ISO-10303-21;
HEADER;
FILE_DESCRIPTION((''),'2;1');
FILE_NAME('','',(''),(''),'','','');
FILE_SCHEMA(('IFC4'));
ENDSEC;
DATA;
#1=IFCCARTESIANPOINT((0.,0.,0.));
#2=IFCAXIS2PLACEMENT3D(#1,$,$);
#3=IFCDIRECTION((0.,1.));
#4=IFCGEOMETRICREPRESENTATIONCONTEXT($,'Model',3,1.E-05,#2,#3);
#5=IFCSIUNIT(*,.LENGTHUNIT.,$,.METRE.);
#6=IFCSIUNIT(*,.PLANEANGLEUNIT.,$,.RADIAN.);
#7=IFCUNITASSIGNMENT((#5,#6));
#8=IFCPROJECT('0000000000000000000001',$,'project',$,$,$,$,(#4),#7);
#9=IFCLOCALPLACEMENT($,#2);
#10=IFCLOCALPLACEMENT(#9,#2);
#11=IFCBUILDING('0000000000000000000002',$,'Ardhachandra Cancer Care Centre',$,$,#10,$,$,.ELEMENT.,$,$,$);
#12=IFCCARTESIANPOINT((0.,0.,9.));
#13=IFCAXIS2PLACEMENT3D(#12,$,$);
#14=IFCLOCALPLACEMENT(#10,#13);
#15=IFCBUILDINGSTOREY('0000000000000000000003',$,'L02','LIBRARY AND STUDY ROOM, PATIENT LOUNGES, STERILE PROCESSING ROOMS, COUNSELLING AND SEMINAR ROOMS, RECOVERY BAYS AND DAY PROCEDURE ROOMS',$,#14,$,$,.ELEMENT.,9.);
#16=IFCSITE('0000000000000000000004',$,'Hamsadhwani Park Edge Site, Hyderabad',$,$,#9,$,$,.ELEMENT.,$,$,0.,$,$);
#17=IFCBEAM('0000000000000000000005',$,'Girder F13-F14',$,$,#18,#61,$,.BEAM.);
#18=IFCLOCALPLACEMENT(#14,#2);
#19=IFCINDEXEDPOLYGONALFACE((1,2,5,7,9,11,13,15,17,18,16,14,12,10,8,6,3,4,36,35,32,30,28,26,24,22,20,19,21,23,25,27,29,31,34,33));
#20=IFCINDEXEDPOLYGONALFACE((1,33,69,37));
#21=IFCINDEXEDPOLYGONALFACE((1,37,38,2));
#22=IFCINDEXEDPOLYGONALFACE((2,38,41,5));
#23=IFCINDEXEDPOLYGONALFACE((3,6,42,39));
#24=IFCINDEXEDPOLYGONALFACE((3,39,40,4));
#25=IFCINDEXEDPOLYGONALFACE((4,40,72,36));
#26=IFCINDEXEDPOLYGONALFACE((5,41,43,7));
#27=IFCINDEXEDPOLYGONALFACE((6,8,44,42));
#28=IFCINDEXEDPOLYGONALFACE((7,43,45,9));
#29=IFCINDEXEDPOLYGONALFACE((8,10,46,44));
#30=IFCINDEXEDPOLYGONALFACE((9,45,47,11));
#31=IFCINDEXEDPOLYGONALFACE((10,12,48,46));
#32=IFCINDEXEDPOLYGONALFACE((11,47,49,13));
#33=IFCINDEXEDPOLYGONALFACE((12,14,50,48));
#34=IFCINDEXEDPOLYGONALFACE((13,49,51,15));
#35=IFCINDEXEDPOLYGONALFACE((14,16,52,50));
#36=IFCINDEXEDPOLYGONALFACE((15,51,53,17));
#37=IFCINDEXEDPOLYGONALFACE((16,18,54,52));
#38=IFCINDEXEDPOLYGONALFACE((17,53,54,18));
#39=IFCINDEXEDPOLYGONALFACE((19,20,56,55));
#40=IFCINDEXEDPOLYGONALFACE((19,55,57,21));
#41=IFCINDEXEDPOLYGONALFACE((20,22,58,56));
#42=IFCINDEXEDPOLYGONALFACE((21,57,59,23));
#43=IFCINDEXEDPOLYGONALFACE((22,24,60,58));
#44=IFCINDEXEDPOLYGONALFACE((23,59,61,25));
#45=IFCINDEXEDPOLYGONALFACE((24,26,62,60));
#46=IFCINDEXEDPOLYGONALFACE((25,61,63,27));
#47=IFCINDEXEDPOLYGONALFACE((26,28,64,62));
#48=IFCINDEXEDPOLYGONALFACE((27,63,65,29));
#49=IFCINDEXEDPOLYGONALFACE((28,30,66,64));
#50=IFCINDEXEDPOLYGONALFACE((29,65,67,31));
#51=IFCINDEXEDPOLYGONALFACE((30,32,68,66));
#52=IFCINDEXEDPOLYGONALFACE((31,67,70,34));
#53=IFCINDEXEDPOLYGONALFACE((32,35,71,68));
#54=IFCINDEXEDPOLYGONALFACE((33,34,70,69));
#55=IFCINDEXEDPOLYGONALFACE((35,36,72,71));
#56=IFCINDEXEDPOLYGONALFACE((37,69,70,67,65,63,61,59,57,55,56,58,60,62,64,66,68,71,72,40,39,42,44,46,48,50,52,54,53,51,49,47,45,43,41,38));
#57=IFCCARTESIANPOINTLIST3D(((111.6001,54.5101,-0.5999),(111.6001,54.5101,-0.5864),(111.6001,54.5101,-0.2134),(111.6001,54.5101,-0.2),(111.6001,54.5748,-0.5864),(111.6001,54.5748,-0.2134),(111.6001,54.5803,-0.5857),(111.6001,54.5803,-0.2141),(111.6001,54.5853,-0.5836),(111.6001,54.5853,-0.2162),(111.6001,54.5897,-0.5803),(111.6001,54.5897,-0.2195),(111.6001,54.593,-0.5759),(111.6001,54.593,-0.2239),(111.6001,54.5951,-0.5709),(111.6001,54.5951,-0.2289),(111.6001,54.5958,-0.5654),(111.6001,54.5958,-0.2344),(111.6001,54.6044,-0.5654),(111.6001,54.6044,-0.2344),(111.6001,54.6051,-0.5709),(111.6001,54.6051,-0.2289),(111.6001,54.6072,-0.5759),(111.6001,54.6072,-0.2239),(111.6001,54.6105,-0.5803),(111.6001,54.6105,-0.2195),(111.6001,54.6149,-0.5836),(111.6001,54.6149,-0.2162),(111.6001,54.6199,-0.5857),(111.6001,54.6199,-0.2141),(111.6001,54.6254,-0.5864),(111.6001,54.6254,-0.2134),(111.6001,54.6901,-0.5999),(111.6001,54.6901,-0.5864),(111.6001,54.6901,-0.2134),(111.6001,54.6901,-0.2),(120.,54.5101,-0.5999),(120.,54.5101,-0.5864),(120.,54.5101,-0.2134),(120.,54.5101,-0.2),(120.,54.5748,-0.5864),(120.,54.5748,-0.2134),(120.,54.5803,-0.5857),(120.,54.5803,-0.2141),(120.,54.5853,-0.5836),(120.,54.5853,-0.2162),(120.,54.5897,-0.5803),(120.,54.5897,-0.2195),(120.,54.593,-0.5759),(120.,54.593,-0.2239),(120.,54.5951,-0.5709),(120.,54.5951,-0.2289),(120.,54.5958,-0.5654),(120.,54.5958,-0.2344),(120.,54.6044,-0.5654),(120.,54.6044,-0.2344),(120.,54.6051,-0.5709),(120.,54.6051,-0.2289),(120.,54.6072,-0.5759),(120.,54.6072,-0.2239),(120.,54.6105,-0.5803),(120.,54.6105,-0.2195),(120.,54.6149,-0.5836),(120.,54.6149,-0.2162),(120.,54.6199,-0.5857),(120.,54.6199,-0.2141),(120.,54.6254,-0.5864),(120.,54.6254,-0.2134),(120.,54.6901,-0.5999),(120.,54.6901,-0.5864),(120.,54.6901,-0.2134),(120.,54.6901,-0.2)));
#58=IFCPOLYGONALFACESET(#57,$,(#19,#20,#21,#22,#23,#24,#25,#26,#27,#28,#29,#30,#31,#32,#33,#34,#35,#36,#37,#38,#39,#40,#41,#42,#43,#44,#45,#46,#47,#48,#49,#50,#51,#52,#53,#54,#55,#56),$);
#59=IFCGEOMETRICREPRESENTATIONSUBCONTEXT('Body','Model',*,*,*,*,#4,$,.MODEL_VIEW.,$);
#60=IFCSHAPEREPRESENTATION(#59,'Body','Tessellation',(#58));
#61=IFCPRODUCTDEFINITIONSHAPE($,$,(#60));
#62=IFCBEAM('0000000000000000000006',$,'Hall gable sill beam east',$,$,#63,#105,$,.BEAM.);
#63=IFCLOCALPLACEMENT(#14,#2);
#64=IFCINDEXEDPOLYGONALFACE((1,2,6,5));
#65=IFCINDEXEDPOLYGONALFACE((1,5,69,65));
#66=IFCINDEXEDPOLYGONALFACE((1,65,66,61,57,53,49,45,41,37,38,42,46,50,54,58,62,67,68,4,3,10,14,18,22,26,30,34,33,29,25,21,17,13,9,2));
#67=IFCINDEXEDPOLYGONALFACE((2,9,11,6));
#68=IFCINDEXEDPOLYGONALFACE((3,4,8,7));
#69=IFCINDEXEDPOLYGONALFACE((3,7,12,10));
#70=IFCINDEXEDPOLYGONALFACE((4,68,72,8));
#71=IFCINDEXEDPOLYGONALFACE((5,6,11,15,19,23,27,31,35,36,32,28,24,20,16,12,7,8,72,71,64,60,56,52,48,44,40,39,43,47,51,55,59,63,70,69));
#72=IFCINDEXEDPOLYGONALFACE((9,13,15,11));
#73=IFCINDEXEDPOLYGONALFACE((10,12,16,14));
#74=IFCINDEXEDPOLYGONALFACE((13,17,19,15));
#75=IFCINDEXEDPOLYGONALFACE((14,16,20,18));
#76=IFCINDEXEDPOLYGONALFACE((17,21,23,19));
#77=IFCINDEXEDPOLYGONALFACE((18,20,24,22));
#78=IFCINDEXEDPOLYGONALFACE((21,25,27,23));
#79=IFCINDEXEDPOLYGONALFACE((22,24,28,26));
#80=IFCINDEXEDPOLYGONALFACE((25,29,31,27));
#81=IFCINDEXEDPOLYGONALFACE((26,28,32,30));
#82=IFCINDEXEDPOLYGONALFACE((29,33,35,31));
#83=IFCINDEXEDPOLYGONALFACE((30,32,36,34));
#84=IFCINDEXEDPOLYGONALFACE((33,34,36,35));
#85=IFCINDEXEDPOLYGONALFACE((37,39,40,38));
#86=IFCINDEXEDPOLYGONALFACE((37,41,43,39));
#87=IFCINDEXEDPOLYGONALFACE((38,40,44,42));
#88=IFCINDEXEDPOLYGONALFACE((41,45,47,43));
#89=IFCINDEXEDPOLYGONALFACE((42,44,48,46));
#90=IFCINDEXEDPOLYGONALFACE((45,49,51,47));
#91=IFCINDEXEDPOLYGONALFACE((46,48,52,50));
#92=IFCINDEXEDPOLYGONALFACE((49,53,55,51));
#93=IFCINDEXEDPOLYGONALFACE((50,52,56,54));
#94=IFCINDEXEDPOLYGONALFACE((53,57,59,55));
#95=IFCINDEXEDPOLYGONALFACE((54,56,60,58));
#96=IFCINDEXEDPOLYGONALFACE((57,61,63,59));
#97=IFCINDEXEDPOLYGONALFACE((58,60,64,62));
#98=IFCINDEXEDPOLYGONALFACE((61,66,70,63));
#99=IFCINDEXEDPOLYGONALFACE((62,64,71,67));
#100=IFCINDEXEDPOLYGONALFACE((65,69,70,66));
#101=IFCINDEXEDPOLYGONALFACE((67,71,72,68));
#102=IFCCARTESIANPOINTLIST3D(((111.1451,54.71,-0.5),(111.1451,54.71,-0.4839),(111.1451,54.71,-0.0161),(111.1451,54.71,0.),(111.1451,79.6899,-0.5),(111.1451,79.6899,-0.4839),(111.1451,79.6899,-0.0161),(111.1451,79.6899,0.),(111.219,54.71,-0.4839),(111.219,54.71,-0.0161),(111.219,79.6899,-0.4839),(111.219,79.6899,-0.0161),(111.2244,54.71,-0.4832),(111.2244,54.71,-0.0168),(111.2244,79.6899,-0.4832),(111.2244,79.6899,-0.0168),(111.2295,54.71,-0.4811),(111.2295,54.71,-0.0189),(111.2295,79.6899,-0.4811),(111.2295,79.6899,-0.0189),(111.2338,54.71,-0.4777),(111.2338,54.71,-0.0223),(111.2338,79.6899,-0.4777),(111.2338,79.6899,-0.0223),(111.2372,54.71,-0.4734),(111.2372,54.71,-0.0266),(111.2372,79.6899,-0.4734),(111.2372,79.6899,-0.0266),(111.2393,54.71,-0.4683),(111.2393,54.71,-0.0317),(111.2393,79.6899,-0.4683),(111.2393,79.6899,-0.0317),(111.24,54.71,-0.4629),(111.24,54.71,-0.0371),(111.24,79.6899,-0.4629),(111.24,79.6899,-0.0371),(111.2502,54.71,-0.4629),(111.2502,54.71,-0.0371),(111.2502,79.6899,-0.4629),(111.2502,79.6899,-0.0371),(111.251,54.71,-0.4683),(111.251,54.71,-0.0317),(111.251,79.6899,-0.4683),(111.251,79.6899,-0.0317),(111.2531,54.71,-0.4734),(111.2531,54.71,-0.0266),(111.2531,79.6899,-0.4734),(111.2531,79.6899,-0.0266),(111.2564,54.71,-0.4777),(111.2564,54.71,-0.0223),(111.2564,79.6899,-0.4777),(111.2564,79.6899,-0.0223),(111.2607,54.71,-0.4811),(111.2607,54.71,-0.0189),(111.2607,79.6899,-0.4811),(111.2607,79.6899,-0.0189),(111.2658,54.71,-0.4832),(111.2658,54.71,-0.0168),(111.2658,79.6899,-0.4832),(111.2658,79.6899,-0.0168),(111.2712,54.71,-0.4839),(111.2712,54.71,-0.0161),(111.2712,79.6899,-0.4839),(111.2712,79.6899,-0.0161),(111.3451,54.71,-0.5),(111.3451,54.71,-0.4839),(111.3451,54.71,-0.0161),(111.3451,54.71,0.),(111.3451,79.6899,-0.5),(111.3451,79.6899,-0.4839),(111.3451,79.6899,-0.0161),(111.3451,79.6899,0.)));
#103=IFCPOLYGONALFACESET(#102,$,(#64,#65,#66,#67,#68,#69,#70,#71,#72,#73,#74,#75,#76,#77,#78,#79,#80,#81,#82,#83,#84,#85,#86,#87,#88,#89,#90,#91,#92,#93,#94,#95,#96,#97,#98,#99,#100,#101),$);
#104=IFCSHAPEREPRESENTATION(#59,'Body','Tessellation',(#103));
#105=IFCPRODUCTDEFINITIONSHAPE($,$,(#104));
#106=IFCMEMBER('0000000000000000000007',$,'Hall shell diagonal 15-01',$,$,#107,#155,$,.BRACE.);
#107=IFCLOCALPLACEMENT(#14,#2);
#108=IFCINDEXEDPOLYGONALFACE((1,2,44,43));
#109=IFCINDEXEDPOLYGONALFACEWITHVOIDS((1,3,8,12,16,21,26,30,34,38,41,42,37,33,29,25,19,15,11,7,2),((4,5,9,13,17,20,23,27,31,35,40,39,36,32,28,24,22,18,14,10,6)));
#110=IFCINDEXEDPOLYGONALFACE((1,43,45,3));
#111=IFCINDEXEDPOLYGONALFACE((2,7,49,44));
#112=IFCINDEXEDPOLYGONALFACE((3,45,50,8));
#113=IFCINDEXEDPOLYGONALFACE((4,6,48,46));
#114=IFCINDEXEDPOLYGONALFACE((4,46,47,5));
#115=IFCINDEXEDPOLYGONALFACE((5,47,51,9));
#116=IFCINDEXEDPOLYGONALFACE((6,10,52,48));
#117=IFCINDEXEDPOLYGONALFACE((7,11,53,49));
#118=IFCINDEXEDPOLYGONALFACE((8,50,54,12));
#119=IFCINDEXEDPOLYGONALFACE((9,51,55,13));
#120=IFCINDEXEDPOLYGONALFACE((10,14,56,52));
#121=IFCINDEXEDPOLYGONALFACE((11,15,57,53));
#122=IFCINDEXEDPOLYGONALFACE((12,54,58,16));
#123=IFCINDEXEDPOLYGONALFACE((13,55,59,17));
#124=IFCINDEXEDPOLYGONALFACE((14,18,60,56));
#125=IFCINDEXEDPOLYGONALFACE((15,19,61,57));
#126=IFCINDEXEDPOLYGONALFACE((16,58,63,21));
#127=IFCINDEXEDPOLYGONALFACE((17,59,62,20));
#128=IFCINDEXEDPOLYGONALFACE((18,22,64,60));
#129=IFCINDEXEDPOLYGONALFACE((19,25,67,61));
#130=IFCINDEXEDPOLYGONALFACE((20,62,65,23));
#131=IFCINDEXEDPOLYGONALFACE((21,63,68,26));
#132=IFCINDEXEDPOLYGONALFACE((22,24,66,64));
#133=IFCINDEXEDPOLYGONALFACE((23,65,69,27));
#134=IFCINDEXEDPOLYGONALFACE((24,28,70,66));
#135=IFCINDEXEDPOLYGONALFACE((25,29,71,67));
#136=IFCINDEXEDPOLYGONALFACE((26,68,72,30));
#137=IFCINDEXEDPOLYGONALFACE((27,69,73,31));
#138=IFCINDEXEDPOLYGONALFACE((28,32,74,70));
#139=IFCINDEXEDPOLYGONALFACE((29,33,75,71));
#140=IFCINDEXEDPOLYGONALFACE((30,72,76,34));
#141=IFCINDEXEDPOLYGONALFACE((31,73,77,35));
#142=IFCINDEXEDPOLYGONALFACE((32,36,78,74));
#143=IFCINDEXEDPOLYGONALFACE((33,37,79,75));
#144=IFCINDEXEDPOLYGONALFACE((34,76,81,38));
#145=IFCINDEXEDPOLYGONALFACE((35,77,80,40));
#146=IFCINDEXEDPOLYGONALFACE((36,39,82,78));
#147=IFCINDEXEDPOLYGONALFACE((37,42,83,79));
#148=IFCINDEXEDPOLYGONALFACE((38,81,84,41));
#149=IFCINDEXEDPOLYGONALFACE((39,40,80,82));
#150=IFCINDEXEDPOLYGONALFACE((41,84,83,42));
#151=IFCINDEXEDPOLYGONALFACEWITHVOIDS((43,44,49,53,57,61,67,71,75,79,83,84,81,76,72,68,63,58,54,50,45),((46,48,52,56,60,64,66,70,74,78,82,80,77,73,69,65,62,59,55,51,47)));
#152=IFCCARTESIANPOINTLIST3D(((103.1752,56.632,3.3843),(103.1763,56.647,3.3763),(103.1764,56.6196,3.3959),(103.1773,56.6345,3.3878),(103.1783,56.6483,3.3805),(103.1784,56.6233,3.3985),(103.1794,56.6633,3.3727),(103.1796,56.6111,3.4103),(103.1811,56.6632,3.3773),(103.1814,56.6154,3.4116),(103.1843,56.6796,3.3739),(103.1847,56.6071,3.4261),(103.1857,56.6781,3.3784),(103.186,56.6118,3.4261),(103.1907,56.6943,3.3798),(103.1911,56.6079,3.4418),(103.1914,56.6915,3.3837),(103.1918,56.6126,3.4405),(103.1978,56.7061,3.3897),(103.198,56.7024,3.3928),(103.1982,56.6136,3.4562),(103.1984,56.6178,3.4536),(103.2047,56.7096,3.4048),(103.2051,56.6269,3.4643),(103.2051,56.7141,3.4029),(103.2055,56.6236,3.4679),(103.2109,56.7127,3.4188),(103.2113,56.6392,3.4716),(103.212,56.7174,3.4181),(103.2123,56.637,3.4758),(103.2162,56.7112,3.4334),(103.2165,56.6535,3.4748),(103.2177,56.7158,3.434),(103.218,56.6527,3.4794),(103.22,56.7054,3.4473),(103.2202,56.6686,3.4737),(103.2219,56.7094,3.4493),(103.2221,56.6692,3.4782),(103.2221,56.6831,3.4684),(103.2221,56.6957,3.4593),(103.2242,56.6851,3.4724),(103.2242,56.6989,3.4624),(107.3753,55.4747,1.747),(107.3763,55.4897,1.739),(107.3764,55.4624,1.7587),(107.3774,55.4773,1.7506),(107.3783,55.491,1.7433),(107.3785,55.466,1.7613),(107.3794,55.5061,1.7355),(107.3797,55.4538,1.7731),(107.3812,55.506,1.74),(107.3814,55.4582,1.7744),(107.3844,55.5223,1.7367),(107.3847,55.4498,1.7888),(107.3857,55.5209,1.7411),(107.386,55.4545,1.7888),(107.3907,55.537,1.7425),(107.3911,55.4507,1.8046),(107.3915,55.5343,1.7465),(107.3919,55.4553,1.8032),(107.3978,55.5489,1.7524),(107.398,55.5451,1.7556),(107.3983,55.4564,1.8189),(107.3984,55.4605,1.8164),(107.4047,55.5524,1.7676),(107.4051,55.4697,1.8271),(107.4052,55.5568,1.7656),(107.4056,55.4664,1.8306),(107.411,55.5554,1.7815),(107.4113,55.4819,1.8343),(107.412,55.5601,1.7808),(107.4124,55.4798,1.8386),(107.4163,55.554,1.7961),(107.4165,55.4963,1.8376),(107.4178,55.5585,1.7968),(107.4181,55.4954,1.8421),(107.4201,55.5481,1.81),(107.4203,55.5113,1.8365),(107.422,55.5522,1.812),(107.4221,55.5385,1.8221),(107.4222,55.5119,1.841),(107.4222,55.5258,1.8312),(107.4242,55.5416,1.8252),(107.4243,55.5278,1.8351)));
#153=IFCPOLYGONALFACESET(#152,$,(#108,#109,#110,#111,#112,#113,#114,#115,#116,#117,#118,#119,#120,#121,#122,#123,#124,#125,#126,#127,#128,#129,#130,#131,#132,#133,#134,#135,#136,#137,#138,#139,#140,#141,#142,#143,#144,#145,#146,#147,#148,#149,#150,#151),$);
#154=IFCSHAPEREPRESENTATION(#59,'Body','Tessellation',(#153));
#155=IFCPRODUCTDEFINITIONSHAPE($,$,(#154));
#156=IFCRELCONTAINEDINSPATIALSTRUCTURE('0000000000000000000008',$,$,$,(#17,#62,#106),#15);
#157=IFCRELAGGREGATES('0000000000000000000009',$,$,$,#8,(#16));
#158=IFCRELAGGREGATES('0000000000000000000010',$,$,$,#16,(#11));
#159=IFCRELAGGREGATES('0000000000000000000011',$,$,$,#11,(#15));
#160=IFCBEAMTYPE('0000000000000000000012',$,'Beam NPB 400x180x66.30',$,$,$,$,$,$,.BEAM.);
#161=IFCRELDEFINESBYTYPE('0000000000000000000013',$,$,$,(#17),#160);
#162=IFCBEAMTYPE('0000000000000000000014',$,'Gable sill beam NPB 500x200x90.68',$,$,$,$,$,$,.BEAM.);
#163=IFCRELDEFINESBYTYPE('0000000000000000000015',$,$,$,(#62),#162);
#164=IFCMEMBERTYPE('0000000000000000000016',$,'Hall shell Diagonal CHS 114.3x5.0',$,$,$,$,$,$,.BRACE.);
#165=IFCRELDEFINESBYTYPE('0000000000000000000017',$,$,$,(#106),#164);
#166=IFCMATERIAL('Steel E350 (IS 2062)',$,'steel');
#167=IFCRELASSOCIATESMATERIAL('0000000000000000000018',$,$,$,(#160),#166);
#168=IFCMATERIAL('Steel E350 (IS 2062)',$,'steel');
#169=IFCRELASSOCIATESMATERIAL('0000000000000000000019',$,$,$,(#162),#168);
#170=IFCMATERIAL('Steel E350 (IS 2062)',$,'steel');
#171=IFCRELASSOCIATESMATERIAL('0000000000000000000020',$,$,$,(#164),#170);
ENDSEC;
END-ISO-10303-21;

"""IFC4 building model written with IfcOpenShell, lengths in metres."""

from ifc_helpers import new_model, si_unit, direction, frame, origin, origin_2d, place, context, subcontext, project, spatial, hollow_circle, i_section, extrude, material, material_profile, profile_set, type_object, element, save


model = new_model("IFC4")

# Units and contexts
model_context = context("Model", 3, precision=1e-05, world=origin(), true_north=direction((0.0, 1.0)))
body_context = subcontext(model_context, "Body", "Model", "MODEL_VIEW")
ifc_project = project(units=[si_unit("LENGTHUNIT", "METRE"), si_unit("PLANEANGLEUNIT", "RADIAN")], contexts=[model_context])

# Site, building, storey
site_placement = place(None, origin())
site = spatial("IfcSite", under=ifc_project, at=site_placement, Name="Hamsadhwani Park Edge Site, Hyderabad", CompositionType="ELEMENT", RefElevation=0.0)
building_placement = place(site_placement, origin())
building = spatial("IfcBuilding", under=site, at=building_placement, Name="Ardhachandra Cancer Care Centre", CompositionType="ELEMENT")
storey_placement = place(building_placement, frame((0.0, 0.0, 9.0)))
storey = spatial("IfcBuildingStorey", under=building, at=storey_placement, Name="L02", Description="LIBRARY AND STUDY ROOM, PATIENT LOUNGES, STERILE PROCESSING ROOMS, COUNSELLING AND SEMINAR ROOMS, RECOVERY BAYS AND DAY PROCEDURE ROOMS", CompositionType="ELEMENT", Elevation=9.0)

# Beams
ifc_material_1 = material(Name="Steel E350 (IS 2062)", Category="steel")
ifc_material_profile_1 = material_profile(ifc_material_1, i_section(OverallWidth=0.1799, OverallDepth=0.3999, WebThickness=0.0085, FlangeThickness=0.0134, FilletRadius=0.021, at=origin_2d()), Name="NPB 400x180x66.30")
ifc_profile_set_1 = profile_set([ifc_material_profile_1], Name="Steel E350 (IS 2062)")
beam_type_1 = type_object("IfcBeamType", Name="Beam NPB 400x180x66.30", PredefinedType="BEAM", material=ifc_profile_set_1)
for number, where, z_axis, x_axis, name in (
    (1, (111.6001, 54.6001, -0.3999), (1.0, 0.0, 0.0), (0.0, 1.0, 0.0), "Girder F13-F14"),
):
    element("IfcBeam", number, at=place(storey_placement, frame(where, z_axis=z_axis, x_axis=x_axis)), inside=storey, type_object=beam_type_1, Name=name, PredefinedType="BEAM", context=body_context, shape_type="SweptSolid", body=[
        extrude(i_section(OverallWidth=0.1799, OverallDepth=0.3999, WebThickness=0.0085, FlangeThickness=0.0134, FilletRadius=0.021, at=origin_2d()), origin(), (0.0, 0.0, 1.0), 8.3999),
    ])
ifc_material_2 = material(Name="Steel E350 (IS 2062)", Category="steel")
ifc_material_profile_2 = material_profile(ifc_material_2, i_section(OverallWidth=0.2, OverallDepth=0.5, WebThickness=0.0103, FlangeThickness=0.0161, FilletRadius=0.021, at=origin_2d()), Name="NPB 500x200x90.68")
ifc_profile_set_2 = profile_set([ifc_material_profile_2], Name="Steel E350 (IS 2062)")
beam_type_2 = type_object("IfcBeamType", Name="Gable sill beam NPB 500x200x90.68", PredefinedType="BEAM", material=ifc_profile_set_2)
beam_1_placement = place(storey_placement, frame((111.2451, 54.71, -0.25), z_axis=(0.0, 1.0, 0.0), x_axis=(-1.0, 0.0, 0.0)))
element("IfcBeam", 2, at=beam_1_placement, inside=storey, type_object=beam_type_2, Name="Hall gable sill beam east", PredefinedType="BEAM", context=body_context, shape_type="SweptSolid", body=[
    extrude(i_section(OverallWidth=0.2, OverallDepth=0.5, WebThickness=0.0103, FlangeThickness=0.0161, FilletRadius=0.021, at=origin_2d()), origin(), (0.0, 0.0, 1.0), 24.98),
])

# Member
ifc_material_3 = material(Name="Steel E350 (IS 2062)", Category="steel")
ifc_material_profile_3 = material_profile(ifc_material_3, hollow_circle(Radius=0.0571, WallThickness=0.0049, at=origin_2d()), Name="CHS 114.3x5.0")
ifc_profile_set_3 = profile_set([ifc_material_profile_3], Name="Steel E350 (IS 2062)")
member_type_1 = type_object("IfcMemberType", Name="Hall shell Diagonal CHS 114.3x5.0", PredefinedType="BRACE", material=ifc_profile_set_3)
for number, where, z_axis, x_axis, name in (
    (3, (107.3999, 55.5049, 1.7888), (-0.90245, 0.248655, 0.351789), (-0.265634, -0.964074, 0.0), "Hall shell diagonal 15-01"),
):
    element("IfcMember", number, at=place(storey_placement, frame(where, z_axis=z_axis, x_axis=x_axis)), inside=storey, type_object=member_type_1, Name=name, PredefinedType="BRACE", context=body_context, shape_type="SweptSolid", body=[
        extrude(hollow_circle(Radius=0.0571, WallThickness=0.0049, at=origin_2d()), origin(), (0.0, 0.0, 1.0), 4.6541),
    ])

save(model, "model.ifc")
